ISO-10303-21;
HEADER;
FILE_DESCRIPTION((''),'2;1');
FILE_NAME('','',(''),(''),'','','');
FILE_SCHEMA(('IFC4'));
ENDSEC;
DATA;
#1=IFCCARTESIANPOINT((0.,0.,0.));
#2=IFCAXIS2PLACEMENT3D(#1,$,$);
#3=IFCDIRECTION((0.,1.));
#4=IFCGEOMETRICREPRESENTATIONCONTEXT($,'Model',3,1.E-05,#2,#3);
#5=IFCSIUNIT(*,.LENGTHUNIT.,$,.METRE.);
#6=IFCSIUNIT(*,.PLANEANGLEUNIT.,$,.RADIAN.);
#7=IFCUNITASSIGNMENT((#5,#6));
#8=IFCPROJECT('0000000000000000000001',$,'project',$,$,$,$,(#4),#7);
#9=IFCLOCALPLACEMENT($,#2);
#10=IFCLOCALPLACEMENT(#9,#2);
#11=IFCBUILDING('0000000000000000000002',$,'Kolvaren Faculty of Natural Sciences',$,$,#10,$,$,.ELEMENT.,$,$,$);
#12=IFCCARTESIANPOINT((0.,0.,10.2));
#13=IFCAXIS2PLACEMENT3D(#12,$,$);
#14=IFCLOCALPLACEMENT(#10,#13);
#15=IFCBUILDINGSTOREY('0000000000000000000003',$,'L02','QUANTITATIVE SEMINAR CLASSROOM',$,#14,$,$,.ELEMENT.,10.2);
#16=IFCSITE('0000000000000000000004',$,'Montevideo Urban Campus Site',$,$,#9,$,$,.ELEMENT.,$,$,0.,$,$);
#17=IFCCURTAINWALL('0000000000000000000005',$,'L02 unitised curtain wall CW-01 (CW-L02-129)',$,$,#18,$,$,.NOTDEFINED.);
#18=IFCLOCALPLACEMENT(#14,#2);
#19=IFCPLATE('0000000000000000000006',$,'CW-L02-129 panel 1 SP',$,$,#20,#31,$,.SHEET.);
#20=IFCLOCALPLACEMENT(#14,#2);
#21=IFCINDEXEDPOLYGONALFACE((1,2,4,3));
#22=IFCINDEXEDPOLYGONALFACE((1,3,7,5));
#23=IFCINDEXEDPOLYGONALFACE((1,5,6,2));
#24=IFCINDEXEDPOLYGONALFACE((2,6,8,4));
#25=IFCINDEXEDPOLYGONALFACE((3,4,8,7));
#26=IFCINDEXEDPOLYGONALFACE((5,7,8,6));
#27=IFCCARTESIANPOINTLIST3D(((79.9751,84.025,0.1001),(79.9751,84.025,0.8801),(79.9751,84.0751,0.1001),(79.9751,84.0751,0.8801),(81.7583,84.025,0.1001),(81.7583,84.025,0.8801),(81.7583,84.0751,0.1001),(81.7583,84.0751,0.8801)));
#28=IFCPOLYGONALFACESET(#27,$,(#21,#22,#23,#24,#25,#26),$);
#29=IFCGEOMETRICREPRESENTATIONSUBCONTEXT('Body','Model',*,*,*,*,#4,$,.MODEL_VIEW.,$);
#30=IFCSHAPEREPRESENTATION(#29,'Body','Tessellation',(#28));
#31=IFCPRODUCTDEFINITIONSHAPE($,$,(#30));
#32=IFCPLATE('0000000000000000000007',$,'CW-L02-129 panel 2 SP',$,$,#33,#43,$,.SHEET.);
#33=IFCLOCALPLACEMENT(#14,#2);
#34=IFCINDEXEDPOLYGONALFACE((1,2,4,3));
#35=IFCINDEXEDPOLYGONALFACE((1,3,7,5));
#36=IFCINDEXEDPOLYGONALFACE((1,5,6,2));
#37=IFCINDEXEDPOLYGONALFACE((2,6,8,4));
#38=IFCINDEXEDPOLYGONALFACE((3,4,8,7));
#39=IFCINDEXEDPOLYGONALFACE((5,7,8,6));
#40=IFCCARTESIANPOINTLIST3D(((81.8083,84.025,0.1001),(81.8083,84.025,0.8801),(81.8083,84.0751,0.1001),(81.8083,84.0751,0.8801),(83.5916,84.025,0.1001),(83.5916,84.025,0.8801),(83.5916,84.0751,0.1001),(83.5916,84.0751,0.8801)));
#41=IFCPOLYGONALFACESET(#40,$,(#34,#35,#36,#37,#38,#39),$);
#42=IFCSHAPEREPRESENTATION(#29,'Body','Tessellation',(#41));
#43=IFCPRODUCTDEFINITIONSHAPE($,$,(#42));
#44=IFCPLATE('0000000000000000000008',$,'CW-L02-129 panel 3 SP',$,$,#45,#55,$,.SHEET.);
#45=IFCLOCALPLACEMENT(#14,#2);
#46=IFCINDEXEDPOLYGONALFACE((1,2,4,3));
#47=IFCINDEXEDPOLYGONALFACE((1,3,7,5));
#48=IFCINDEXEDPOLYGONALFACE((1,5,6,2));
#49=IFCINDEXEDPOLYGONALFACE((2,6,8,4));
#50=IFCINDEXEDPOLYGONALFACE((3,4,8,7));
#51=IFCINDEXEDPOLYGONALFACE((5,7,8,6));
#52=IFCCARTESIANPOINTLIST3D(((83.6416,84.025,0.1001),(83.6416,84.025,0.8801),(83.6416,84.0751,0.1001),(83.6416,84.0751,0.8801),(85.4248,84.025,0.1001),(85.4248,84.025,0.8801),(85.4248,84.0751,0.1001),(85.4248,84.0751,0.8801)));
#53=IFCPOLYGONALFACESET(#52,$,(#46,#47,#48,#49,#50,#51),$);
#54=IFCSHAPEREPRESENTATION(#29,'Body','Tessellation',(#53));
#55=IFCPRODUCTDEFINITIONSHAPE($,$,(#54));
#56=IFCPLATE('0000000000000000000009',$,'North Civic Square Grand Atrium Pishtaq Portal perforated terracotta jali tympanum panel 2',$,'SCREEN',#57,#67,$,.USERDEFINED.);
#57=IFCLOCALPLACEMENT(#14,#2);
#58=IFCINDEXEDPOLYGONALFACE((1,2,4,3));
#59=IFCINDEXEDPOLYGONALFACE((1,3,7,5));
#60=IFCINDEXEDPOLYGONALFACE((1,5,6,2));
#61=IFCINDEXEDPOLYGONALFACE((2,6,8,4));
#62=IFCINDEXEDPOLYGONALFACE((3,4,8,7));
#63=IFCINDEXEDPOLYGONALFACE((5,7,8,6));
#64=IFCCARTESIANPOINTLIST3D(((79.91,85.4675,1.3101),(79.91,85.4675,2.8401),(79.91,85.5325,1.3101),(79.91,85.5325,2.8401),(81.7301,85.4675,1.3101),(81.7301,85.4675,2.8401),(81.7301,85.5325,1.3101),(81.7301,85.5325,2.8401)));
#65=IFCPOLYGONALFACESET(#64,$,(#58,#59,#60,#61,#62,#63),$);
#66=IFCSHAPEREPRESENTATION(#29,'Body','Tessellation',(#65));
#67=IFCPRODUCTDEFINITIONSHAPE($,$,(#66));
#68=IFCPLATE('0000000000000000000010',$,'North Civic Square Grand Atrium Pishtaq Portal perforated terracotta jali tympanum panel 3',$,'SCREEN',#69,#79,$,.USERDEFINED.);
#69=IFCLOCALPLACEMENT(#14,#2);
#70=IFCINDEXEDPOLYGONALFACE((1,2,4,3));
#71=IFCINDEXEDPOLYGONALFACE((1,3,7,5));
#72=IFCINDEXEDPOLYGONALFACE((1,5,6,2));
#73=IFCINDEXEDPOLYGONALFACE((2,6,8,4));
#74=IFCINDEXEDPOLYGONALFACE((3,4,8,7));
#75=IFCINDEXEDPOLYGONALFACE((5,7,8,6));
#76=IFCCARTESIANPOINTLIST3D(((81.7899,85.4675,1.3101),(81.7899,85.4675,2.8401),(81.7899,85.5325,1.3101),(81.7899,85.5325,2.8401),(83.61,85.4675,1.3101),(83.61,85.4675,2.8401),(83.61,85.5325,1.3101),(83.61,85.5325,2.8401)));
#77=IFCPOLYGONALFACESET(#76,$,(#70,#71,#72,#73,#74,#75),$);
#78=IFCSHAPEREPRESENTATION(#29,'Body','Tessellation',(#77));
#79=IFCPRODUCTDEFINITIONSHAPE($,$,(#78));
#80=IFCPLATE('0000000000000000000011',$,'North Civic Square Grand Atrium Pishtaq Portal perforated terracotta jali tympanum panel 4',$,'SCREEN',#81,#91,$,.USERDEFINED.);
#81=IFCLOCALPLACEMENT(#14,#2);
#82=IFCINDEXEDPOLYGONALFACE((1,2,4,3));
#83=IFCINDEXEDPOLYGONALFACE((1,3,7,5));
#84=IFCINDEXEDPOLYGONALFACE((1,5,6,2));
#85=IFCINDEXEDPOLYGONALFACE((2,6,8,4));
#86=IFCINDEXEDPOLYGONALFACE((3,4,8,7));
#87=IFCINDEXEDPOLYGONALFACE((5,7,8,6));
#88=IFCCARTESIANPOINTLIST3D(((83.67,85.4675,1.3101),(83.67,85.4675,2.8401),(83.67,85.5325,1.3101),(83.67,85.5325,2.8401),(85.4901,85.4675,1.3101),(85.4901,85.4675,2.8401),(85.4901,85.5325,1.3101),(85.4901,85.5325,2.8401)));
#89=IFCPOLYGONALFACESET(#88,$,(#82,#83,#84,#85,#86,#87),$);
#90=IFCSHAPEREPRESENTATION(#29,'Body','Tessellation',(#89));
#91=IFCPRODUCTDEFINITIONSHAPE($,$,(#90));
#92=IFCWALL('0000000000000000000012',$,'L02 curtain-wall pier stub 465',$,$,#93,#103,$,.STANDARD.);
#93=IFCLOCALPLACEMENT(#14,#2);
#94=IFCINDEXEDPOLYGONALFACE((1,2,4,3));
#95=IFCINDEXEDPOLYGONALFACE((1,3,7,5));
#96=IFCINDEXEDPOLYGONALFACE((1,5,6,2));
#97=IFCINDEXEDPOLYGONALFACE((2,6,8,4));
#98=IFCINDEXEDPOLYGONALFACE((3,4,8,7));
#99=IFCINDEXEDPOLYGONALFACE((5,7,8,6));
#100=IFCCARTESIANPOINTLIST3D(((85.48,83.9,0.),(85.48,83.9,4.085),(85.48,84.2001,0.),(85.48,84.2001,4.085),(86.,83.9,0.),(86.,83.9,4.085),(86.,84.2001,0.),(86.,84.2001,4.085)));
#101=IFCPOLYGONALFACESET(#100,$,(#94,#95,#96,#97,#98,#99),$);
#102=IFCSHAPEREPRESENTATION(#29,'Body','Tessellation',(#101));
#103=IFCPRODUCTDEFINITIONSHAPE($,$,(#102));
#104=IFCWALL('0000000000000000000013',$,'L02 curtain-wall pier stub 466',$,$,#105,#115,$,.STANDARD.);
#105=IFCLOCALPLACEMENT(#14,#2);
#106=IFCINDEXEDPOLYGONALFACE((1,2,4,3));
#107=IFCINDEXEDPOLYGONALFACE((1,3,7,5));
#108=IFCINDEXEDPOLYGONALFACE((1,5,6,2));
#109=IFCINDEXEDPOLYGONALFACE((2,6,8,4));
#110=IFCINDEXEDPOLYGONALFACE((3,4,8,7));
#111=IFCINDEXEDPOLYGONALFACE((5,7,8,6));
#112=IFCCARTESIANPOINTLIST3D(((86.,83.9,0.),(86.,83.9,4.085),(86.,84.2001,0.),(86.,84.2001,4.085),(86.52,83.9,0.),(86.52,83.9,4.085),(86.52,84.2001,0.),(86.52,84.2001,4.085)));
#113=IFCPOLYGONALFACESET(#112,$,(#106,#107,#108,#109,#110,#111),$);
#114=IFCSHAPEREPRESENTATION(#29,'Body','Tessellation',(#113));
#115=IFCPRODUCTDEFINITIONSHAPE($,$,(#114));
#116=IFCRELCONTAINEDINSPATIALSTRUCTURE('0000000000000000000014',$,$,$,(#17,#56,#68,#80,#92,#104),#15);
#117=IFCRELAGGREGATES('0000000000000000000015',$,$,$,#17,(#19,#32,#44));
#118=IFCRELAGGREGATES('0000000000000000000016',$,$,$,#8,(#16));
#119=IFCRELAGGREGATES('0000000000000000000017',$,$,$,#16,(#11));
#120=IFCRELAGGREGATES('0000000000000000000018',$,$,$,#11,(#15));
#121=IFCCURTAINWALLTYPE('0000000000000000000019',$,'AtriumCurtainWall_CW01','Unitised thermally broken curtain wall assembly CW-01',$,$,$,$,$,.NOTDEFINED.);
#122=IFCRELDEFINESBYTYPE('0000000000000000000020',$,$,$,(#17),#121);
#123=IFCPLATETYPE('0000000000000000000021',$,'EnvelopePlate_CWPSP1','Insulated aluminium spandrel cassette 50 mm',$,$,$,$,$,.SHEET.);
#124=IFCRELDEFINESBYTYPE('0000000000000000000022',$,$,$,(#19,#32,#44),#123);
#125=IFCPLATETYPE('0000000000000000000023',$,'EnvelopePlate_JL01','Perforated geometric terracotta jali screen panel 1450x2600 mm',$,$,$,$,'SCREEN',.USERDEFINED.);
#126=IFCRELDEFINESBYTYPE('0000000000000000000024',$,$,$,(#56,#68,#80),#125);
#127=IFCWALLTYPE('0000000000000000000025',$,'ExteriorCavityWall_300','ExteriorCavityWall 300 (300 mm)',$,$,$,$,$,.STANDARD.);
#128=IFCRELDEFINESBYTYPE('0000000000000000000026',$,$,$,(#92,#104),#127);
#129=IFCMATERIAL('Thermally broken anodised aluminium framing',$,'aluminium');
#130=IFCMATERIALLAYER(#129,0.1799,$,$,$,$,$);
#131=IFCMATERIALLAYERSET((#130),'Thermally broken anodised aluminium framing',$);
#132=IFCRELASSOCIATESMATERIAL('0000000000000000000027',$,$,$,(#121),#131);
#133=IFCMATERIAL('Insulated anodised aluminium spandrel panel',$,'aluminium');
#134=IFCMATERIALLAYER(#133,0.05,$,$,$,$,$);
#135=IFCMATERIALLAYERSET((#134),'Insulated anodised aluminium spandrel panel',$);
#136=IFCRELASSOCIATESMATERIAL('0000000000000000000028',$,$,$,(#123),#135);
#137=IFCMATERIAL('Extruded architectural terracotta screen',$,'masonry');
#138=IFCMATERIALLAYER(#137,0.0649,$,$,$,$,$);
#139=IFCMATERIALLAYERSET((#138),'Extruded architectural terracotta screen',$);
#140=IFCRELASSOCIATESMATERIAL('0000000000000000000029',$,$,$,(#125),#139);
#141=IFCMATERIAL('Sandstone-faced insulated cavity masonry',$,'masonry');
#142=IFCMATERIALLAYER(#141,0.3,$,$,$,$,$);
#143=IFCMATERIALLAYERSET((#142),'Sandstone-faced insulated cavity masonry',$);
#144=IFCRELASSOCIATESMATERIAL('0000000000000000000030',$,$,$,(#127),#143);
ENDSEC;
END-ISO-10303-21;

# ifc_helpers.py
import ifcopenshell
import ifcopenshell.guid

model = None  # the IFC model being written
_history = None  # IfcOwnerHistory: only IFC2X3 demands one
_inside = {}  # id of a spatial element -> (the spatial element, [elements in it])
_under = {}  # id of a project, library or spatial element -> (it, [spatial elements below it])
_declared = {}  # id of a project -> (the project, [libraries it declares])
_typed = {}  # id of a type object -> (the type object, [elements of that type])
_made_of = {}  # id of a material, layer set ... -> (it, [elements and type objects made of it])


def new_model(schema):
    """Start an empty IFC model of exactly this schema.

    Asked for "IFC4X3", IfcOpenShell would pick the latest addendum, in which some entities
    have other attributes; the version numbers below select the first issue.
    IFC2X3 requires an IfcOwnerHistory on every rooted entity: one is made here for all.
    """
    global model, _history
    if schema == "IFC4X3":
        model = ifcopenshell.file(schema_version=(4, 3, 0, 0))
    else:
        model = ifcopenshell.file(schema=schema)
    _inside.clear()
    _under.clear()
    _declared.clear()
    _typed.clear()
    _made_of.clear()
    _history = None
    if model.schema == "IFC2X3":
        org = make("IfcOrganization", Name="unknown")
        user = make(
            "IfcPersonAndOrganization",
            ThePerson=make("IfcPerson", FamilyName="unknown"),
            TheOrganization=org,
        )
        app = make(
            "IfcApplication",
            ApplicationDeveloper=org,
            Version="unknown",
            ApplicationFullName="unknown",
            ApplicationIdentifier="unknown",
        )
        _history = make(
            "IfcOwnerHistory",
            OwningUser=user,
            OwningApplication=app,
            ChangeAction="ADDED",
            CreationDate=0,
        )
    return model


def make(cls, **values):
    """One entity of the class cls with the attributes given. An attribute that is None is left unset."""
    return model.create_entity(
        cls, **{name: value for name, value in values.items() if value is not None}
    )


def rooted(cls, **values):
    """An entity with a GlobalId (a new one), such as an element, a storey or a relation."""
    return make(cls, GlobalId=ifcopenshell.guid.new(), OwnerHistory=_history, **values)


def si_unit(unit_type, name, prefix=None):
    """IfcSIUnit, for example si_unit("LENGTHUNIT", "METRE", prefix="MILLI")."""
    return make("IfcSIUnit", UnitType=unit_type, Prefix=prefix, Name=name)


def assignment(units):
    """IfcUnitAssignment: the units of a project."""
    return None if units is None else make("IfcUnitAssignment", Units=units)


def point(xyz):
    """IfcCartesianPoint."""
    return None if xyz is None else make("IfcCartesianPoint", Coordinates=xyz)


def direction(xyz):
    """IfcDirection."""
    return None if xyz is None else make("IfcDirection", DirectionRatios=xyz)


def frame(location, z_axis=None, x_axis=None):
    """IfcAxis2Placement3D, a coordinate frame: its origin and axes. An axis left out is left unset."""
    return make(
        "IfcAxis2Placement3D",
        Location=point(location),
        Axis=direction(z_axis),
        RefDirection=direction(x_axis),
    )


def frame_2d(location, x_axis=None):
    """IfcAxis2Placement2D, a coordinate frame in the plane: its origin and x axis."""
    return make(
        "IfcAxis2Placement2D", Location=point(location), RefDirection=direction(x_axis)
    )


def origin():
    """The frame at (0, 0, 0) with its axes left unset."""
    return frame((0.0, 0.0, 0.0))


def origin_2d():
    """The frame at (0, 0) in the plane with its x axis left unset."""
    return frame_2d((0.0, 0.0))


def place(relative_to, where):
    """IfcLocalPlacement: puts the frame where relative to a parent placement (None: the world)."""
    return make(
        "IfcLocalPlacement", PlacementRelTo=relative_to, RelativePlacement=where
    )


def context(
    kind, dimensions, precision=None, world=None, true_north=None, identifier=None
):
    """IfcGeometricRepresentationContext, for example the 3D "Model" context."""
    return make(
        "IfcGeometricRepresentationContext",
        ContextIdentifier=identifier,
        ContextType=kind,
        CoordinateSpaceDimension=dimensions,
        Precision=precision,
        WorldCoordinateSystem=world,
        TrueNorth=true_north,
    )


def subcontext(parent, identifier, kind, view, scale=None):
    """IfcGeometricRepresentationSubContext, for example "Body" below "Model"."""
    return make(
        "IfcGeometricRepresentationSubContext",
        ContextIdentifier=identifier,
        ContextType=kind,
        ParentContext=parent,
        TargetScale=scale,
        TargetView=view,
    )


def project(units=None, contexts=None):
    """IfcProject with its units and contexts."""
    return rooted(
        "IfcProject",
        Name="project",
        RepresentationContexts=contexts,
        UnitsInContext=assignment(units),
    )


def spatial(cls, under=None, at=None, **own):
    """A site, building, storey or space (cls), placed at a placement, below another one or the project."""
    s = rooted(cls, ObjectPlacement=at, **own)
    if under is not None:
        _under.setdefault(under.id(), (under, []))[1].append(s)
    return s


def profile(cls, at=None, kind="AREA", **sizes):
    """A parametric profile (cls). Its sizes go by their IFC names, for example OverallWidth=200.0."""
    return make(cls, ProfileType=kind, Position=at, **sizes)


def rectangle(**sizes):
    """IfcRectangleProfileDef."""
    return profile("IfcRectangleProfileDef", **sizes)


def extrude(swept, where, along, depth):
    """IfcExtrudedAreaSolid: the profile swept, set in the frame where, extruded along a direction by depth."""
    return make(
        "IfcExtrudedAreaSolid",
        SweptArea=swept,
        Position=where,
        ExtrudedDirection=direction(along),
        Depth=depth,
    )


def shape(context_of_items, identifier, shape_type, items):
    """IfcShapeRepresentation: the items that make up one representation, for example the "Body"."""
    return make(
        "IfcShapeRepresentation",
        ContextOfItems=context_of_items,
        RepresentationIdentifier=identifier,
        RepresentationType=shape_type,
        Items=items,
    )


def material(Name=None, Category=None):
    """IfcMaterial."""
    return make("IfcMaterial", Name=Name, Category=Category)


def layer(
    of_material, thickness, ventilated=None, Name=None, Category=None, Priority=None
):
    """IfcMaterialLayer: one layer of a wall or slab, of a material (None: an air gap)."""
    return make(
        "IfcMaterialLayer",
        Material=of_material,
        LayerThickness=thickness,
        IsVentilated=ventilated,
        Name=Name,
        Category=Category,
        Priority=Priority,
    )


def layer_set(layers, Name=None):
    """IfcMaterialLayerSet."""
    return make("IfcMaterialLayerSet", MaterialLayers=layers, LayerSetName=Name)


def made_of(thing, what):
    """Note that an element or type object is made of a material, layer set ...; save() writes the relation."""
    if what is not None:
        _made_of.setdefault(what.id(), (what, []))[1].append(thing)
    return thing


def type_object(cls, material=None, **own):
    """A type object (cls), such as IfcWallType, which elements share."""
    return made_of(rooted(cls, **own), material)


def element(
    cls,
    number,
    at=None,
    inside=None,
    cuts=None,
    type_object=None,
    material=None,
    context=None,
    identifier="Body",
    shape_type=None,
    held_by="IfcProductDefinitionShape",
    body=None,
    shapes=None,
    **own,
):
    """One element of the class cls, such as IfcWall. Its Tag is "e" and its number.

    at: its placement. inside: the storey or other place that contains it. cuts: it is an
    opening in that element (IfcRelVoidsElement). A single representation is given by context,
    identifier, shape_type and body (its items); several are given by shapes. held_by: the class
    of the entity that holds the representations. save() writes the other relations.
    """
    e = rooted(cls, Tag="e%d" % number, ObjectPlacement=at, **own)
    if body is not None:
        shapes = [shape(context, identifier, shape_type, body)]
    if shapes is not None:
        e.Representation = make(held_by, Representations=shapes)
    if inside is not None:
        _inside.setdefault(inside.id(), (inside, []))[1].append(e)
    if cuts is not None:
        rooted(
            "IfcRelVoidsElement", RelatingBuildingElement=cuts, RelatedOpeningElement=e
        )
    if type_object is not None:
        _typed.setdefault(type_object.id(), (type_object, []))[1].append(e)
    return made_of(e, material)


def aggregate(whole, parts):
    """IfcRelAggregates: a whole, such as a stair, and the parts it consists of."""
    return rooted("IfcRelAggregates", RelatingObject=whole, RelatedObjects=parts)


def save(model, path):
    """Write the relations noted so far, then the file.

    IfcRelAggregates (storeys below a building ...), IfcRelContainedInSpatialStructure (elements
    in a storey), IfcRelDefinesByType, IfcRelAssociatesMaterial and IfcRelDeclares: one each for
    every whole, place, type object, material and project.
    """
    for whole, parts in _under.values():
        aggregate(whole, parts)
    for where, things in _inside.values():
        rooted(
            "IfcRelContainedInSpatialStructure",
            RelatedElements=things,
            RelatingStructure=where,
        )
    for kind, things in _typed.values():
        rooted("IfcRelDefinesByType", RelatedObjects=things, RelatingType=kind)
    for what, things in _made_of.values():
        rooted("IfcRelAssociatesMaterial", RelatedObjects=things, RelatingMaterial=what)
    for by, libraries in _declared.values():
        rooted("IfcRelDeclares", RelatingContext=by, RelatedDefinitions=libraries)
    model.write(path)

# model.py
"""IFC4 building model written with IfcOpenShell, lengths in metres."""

from ifc_helpers import new_model, si_unit, direction, frame, frame_2d, origin, origin_2d, place, context, subcontext, project, spatial, rectangle, extrude, material, layer, layer_set, type_object, element, aggregate, save


model = new_model("IFC4")

# Units and contexts
model_context = context("Model", 3, precision=1e-05, world=origin(), true_north=direction((0.0, 1.0)))
body_context = subcontext(model_context, "Body", "Model", "MODEL_VIEW")
ifc_project = project(units=[si_unit("LENGTHUNIT", "METRE"), si_unit("PLANEANGLEUNIT", "RADIAN")], contexts=[model_context])

# Site, building, storey
site_placement = place(None, origin())
site = spatial("IfcSite", under=ifc_project, at=site_placement, Name="Montevideo Urban Campus Site", CompositionType="ELEMENT", RefElevation=0.0)
building_placement = place(site_placement, origin())
building = spatial("IfcBuilding", under=site, at=building_placement, Name="Kolvaren Faculty of Natural Sciences", CompositionType="ELEMENT")
storey_placement = place(building_placement, frame((0.0, 0.0, 10.2)))
storey = spatial("IfcBuildingStorey", under=building, at=storey_placement, Name="L02", Description="QUANTITATIVE SEMINAR CLASSROOM", CompositionType="ELEMENT", Elevation=10.2)

# Curtain wall
ifc_material_1 = material(Name="Thermally broken anodised aluminium framing", Category="aluminium")
ifc_layer_1 = layer(ifc_material_1, 0.1799)
ifc_layer_set_1 = layer_set([ifc_layer_1], Name="Thermally broken anodised aluminium framing")
curtain_wall_type = type_object("IfcCurtainWallType", Name="AtriumCurtainWall_CW01", Description="Unitised thermally broken curtain wall assembly CW-01", PredefinedType="NOTDEFINED", material=ifc_layer_set_1)
curtain_wall_placement = place(storey_placement, origin())
curtain_wall = element("IfcCurtainWall", 1, at=curtain_wall_placement, inside=storey, type_object=curtain_wall_type, Name="L02 unitised curtain wall CW-01 (CW-L02-129)", PredefinedType="NOTDEFINED")

# Plates
ifc_material_2 = material(Name="Insulated anodised aluminium spandrel panel", Category="aluminium")
ifc_layer_2 = layer(ifc_material_2, 0.05)
ifc_layer_set_2 = layer_set([ifc_layer_2], Name="Insulated anodised aluminium spandrel panel")
plate_type_1 = type_object("IfcPlateType", Name="EnvelopePlate_CWPSP1", Description="Insulated aluminium spandrel cassette 50 mm", PredefinedType="SHEET", material=ifc_layer_set_2)
plate_1_placement = place(storey_placement, frame((80.8667, 84.05, 0.1001), z_axis=(0.0, 0.0, 1.0), x_axis=(1.0, 0.0, 0.0)))
plate_1 = element("IfcPlate", 2, at=plate_1_placement, type_object=plate_type_1, Name="CW-L02-129 panel 1 SP", PredefinedType="SHEET", context=body_context, shape_type="SweptSolid", body=[
    extrude(rectangle(XDim=1.7832, YDim=0.05, at=origin_2d()), origin(), (0.0, 0.0, 1.0), 0.78),
])
plate_2_placement = place(storey_placement, frame((82.7, 84.05, 0.1001), z_axis=(0.0, 0.0, 1.0), x_axis=(1.0, 0.0, 0.0)))
plate_2 = element("IfcPlate", 3, at=plate_2_placement, type_object=plate_type_1, Name="CW-L02-129 panel 2 SP", PredefinedType="SHEET", context=body_context, shape_type="SweptSolid", body=[
    extrude(rectangle(XDim=1.7832, YDim=0.05, at=origin_2d()), origin(), (0.0, 0.0, 1.0), 0.78),
])
plate_3_placement = place(storey_placement, frame((84.5332, 84.05, 0.1001), z_axis=(0.0, 0.0, 1.0), x_axis=(1.0, 0.0, 0.0)))
plate_3 = element("IfcPlate", 4, at=plate_3_placement, type_object=plate_type_1, Name="CW-L02-129 panel 3 SP", PredefinedType="SHEET", context=body_context, shape_type="SweptSolid", body=[
    extrude(rectangle(XDim=1.7832, YDim=0.05, at=origin_2d()), origin(), (0.0, 0.0, 1.0), 0.78),
])
aggregate(curtain_wall, [plate_1, plate_2, plate_3])

# Plates
ifc_material_3 = material(Name="Extruded architectural terracotta screen", Category="masonry")
ifc_layer_3 = layer(ifc_material_3, 0.0649)
ifc_layer_set_3 = layer_set([ifc_layer_3], Name="Extruded architectural terracotta screen")
plate_type_2 = type_object("IfcPlateType", Name="EnvelopePlate_JL01", Description="Perforated geometric terracotta jali screen panel 1450x2600 mm", ElementType="SCREEN", PredefinedType="USERDEFINED", material=ifc_layer_set_3)
for number, where, z_axis, x_axis, name in (
    (5, (80.8201, 85.5, 1.3101), (0.0, 0.0, 1.0), (1.0, 0.0, 0.0), "North Civic Square Grand Atrium Pishtaq Portal perforated terracotta jali tympanum panel 2"),
    (6, (82.7, 85.5, 1.3101), (0.0, 0.0, 1.0), (1.0, 0.0, 0.0), "North Civic Square Grand Atrium Pishtaq Portal perforated terracotta jali tympanum panel 3"),
    (7, (84.5801, 85.5, 1.3101), (0.0, 0.0, 1.0), (1.0, 0.0, 0.0), "North Civic Square Grand Atrium Pishtaq Portal perforated terracotta jali tympanum panel 4"),
):
    element("IfcPlate", number, at=place(storey_placement, frame(where, z_axis=z_axis, x_axis=x_axis)), inside=storey, type_object=plate_type_2, Name=name, ObjectType="SCREEN", PredefinedType="USERDEFINED", context=body_context, shape_type="SweptSolid", body=[
        extrude(rectangle(XDim=1.8201, YDim=0.0649, at=origin_2d()), origin(), (0.0, 0.0, 1.0), 1.53),
    ])

# Walls
ifc_material_4 = material(Name="Sandstone-faced insulated cavity masonry", Category="masonry")
ifc_layer_4 = layer(ifc_material_4, 0.3)
ifc_layer_set_4 = layer_set([ifc_layer_4], Name="Sandstone-faced insulated cavity masonry")
wall_type = type_object("IfcWallType", Name="ExteriorCavityWall_300", Description="ExteriorCavityWall 300 (300 mm)", PredefinedType="STANDARD", material=ifc_layer_set_4)
for number, where, z_axis, x_axis, name in (
    (8, (85.48, 84.05, 0.0), (0.0, 0.0, 1.0), (1.0, 0.0, 0.0), "L02 curtain-wall pier stub 465"),
    (9, (86.0, 84.05, 0.0), (0.0, 0.0, 1.0), (1.0, 0.0, 0.0), "L02 curtain-wall pier stub 466"),
):
    element("IfcWall", number, at=place(storey_placement, frame(where, z_axis=z_axis, x_axis=x_axis)), inside=storey, type_object=wall_type, Name=name, PredefinedType="STANDARD", context=body_context, shape_type="SweptSolid", body=[
        extrude(rectangle(XDim=0.52, YDim=0.3, at=frame_2d((0.26, 0.0))), origin(), (0.0, 0.0, 1.0), 4.085),
    ])

save(model, "model.ifc")
